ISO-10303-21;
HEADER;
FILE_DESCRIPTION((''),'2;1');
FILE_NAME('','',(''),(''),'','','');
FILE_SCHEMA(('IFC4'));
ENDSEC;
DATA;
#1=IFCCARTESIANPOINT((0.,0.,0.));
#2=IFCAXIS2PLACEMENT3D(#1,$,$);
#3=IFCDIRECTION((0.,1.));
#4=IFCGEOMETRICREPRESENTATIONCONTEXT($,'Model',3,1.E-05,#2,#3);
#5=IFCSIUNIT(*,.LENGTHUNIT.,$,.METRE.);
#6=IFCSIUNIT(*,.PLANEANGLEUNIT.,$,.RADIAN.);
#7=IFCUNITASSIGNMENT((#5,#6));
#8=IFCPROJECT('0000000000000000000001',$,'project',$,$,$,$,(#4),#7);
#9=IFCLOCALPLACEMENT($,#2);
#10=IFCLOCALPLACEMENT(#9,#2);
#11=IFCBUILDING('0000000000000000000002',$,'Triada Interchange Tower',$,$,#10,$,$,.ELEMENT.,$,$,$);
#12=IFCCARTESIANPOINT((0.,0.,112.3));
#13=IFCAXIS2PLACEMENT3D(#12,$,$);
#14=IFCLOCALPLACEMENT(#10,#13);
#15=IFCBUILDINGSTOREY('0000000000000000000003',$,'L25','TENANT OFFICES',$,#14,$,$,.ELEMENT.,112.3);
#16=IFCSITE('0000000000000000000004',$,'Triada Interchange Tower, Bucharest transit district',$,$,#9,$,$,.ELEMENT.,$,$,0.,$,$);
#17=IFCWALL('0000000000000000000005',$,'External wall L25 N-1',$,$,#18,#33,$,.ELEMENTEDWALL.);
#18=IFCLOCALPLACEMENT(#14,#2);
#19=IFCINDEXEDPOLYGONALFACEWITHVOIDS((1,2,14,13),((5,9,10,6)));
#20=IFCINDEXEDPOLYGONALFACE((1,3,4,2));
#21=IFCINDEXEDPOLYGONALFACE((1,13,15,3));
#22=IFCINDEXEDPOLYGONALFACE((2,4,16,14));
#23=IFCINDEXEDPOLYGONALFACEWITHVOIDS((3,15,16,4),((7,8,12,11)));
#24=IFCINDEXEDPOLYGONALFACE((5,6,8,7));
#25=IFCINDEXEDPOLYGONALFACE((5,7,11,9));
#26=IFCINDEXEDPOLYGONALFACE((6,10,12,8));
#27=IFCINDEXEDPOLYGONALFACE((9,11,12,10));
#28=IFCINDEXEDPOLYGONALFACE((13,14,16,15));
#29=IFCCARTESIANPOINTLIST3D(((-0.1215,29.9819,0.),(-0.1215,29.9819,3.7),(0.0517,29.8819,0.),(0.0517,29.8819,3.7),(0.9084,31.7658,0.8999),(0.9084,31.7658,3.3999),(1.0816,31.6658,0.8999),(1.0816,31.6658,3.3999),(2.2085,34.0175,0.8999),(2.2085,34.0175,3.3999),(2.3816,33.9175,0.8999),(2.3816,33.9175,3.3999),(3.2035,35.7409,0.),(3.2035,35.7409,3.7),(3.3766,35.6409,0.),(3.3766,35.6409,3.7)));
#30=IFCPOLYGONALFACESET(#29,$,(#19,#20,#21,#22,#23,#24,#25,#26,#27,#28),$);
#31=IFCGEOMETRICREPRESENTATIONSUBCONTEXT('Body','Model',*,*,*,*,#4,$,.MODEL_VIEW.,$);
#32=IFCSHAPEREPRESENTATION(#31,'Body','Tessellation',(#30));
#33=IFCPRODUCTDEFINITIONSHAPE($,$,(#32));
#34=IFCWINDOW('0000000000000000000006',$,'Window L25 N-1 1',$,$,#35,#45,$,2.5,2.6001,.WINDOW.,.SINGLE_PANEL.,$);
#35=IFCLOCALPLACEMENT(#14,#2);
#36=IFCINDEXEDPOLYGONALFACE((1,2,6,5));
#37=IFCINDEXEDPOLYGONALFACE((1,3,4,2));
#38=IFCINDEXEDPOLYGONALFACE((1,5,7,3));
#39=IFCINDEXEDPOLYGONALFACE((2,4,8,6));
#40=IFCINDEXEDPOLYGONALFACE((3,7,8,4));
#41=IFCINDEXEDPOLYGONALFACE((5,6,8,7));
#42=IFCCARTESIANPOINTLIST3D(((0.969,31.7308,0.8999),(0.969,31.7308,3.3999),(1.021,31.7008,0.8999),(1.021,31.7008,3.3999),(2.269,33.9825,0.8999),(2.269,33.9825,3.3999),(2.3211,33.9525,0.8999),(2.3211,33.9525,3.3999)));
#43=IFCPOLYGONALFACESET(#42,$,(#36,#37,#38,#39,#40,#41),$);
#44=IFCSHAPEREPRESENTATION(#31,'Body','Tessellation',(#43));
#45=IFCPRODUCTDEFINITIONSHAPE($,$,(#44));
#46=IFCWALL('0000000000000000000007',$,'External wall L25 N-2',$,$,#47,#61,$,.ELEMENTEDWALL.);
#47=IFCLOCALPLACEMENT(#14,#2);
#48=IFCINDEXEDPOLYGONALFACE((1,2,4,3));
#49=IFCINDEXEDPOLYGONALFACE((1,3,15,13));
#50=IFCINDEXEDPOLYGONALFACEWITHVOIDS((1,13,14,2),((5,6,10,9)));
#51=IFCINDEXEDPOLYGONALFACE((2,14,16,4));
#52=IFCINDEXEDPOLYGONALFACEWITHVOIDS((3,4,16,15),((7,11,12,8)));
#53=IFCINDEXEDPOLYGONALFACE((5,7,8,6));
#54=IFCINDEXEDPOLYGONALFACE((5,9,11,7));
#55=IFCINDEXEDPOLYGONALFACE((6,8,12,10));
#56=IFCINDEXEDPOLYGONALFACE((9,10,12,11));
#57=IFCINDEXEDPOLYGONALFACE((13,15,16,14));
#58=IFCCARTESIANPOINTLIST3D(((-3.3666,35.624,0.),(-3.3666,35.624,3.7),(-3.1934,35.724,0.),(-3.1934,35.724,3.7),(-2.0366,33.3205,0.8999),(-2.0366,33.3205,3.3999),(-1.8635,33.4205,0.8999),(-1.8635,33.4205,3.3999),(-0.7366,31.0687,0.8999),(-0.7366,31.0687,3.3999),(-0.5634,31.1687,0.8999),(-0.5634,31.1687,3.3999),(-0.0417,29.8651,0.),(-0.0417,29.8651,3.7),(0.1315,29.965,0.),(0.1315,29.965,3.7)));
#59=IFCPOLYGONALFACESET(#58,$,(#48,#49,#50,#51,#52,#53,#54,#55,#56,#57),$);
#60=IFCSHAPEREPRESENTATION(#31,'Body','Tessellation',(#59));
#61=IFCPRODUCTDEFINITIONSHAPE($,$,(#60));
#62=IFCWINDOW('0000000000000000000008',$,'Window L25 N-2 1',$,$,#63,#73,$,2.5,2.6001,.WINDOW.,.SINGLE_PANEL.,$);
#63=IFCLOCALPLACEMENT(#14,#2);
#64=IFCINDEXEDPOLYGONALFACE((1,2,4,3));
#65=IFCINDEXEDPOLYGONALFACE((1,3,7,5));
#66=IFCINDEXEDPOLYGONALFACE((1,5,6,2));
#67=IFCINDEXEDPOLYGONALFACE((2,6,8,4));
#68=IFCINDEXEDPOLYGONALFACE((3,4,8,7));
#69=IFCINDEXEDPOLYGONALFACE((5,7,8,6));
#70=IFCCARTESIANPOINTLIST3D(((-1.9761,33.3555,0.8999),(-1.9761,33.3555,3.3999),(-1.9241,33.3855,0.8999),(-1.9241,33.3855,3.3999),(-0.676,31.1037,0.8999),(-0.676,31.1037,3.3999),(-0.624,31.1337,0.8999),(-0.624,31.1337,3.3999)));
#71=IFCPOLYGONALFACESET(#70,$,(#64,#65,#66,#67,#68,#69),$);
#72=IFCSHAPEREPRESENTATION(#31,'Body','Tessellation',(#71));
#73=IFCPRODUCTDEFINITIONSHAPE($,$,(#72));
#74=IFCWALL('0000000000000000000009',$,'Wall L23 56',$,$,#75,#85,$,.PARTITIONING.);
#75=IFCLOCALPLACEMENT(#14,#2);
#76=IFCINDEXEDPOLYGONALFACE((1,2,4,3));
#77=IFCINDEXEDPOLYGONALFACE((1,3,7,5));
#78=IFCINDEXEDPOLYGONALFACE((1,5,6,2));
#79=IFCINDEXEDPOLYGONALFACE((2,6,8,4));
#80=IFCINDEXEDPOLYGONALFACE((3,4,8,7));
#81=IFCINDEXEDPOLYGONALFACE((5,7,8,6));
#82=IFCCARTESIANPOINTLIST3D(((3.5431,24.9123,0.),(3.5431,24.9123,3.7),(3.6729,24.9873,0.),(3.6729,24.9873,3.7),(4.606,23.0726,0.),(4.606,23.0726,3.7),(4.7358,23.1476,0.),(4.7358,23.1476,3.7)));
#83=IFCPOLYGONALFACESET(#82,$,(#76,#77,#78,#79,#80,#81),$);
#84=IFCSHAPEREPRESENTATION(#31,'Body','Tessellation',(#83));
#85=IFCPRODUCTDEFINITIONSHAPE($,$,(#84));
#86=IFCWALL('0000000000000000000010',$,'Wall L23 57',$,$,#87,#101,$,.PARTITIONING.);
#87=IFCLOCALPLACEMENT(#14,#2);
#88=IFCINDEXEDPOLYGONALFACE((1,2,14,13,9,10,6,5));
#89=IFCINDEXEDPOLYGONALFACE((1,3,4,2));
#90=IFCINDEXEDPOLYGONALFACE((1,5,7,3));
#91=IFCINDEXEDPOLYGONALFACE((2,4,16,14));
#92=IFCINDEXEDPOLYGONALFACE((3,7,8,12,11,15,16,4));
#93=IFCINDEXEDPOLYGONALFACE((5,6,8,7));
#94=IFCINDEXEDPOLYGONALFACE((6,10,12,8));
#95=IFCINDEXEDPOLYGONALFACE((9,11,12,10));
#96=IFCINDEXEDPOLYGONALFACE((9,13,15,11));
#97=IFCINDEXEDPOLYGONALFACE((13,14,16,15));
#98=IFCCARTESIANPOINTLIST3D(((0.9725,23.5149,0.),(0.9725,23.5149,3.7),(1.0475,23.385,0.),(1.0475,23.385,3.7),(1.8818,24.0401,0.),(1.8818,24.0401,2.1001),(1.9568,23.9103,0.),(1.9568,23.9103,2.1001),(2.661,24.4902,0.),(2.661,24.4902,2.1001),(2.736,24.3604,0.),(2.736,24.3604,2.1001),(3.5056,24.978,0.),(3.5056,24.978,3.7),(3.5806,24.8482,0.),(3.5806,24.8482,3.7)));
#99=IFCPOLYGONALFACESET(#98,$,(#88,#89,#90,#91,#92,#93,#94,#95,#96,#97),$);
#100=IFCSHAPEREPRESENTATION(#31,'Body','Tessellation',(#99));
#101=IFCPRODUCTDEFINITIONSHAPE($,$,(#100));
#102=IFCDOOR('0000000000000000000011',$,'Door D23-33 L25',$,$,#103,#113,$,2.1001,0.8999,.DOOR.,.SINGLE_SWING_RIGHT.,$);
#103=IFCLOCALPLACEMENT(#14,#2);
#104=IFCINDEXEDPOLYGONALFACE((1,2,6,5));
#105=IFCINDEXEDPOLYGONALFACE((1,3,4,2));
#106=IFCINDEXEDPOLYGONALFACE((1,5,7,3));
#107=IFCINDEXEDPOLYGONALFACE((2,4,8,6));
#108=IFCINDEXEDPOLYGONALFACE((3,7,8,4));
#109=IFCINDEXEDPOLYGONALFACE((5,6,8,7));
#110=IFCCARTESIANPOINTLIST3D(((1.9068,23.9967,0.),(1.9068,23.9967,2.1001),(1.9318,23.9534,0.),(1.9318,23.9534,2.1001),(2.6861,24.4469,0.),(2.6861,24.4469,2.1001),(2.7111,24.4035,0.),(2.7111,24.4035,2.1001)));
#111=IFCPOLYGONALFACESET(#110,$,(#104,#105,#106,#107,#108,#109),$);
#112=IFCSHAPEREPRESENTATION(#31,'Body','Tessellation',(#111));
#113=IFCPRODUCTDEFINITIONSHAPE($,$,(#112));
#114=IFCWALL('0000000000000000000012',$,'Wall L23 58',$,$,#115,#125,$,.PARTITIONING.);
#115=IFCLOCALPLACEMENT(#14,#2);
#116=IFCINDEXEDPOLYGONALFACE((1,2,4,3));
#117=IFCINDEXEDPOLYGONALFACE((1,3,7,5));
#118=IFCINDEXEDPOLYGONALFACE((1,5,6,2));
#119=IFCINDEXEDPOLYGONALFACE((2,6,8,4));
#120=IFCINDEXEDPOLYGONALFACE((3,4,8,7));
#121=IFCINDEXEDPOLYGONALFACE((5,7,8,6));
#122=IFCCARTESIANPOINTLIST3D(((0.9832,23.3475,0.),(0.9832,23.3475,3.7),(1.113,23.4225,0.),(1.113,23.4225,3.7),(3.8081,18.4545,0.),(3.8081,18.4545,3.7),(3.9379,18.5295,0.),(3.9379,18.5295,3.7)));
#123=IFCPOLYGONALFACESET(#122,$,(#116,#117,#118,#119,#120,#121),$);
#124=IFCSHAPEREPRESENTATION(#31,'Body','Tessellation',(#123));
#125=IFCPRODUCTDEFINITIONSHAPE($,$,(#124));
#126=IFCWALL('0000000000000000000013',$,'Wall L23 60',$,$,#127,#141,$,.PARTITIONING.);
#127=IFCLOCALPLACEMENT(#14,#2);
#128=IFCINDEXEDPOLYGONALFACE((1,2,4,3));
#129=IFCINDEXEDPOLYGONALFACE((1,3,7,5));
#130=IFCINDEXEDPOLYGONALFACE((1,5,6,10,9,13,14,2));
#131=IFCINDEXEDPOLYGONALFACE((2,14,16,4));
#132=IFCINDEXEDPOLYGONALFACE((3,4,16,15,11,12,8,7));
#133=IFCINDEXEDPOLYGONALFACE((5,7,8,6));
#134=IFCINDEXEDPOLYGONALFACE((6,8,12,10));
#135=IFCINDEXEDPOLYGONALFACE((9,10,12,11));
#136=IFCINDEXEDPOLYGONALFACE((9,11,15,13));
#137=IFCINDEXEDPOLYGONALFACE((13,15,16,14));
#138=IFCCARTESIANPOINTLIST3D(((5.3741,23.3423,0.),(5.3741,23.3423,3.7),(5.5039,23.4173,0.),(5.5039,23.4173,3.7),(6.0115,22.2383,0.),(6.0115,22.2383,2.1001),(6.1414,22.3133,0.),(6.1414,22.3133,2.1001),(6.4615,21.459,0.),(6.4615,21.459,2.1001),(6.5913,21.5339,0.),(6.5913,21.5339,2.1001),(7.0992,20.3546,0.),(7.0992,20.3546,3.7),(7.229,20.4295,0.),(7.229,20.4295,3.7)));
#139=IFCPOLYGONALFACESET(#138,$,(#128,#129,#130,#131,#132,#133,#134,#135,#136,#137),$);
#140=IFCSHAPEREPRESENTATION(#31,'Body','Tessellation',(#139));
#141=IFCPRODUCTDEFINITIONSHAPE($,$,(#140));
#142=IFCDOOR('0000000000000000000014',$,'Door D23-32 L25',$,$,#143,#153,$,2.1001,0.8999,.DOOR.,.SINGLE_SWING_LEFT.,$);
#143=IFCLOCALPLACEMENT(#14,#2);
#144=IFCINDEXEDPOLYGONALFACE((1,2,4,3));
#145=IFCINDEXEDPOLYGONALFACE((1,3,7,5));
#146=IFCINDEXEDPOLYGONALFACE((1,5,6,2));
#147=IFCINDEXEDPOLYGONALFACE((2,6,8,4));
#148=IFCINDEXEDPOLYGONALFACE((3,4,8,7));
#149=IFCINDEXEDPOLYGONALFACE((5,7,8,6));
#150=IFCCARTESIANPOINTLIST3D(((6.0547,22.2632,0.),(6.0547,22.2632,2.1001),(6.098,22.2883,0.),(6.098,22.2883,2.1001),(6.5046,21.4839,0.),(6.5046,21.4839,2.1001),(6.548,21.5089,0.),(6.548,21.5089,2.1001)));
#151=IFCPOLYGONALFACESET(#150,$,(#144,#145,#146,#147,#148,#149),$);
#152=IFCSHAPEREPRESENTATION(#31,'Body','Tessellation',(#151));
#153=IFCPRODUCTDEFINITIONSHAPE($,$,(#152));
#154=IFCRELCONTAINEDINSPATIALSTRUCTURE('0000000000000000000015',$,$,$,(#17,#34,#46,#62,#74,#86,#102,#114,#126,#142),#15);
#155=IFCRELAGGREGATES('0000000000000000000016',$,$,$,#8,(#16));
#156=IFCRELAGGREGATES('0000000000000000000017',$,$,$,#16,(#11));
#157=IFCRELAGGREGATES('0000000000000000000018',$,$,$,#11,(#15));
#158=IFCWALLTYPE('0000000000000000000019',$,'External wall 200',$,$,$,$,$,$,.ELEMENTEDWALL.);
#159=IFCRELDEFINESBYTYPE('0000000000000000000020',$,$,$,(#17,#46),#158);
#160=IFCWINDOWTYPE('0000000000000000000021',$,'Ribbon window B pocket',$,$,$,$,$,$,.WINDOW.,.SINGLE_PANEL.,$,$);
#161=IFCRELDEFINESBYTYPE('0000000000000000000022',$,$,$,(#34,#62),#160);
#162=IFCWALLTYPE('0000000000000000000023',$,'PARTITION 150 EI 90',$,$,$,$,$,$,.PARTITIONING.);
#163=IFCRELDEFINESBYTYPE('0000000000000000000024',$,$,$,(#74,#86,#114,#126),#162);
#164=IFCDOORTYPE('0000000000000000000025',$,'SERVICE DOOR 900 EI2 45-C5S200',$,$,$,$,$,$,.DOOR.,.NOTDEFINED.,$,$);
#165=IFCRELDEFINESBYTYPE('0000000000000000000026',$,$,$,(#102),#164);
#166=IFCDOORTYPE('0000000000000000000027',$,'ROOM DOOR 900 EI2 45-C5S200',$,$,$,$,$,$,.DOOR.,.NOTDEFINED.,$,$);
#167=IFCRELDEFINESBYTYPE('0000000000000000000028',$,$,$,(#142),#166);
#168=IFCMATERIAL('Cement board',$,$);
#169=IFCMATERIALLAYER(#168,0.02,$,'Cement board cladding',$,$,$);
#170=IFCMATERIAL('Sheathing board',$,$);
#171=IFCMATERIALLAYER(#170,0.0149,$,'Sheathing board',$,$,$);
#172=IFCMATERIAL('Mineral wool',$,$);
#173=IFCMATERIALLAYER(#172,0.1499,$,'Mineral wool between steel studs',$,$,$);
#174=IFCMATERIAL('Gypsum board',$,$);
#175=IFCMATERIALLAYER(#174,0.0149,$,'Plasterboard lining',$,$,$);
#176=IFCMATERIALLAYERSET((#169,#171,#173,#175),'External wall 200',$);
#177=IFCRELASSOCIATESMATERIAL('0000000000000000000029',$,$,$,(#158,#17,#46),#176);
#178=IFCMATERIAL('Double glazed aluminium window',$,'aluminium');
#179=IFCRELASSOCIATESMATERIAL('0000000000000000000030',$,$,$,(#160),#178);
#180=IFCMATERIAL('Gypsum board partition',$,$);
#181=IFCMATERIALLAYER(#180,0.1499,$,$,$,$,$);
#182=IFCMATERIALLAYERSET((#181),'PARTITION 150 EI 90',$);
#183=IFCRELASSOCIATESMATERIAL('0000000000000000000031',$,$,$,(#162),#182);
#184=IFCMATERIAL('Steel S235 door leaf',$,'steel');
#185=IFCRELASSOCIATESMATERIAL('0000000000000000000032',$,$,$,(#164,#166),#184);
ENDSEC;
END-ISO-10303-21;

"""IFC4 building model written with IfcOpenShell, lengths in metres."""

from ifc_helpers import new_model, si_unit, direction, frame, frame_2d, origin, place, context, subcontext, project, spatial, rectangle, extrude, material, layer, layer_set, layer_usage, type_object, element, fill, save


model = new_model("IFC4")

# Units and contexts
model_context = context("Model", 3, precision=1e-05, world=origin(), true_north=direction((0.0, 1.0)))
body_context = subcontext(model_context, "Body", "Model", "MODEL_VIEW")
ifc_project = project(units=[si_unit("LENGTHUNIT", "METRE"), si_unit("PLANEANGLEUNIT", "RADIAN")], contexts=[model_context])

# Site, building, storey
site_placement = place(None, origin())
site = spatial("IfcSite", under=ifc_project, at=site_placement, Name="Triada Interchange Tower, Bucharest transit district", CompositionType="ELEMENT", RefElevation=0.0)
building_placement = place(site_placement, origin())
building = spatial("IfcBuilding", under=site, at=building_placement, Name="Triada Interchange Tower", CompositionType="ELEMENT")
storey_placement = place(building_placement, frame((0.0, 0.0, 112.3)))
storey = spatial("IfcBuildingStorey", under=building, at=storey_placement, Name="L25", Description="TENANT OFFICES", CompositionType="ELEMENT", Elevation=112.3)

# Walls, openings, windows
ifc_material_1 = material(Name="Cement board")
ifc_layer_1 = layer(ifc_material_1, 0.02, Name="Cement board cladding")
ifc_material_2 = material(Name="Sheathing board")
ifc_layer_2 = layer(ifc_material_2, 0.0149, Name="Sheathing board")
ifc_material_3 = material(Name="Mineral wool")
ifc_layer_3 = layer(ifc_material_3, 0.1499, Name="Mineral wool between steel studs")
ifc_material_4 = material(Name="Gypsum board")
ifc_layer_4 = layer(ifc_material_4, 0.0149, Name="Plasterboard lining")
ifc_layer_set_1 = layer_set([ifc_layer_1, ifc_layer_2, ifc_layer_3, ifc_layer_4], Name="External wall 200")
ifc_layer_usage = layer_usage(ifc_layer_set_1, "AXIS2", "POSITIVE", -0.1001)
wall_type_1 = type_object("IfcWallType", Name="External wall 200", PredefinedType="ELEMENTEDWALL", material=ifc_layer_set_1)
wall_1_placement = place(storey_placement, frame((3.29, 35.6909, 0.0), z_axis=(0.0, 0.0, 1.0), x_axis=(-0.499997, -0.866027, 0.0)))
wall_1 = element("IfcWall", 1, at=wall_1_placement, inside=storey, type_object=wall_type_1, material=ifc_layer_usage, Name="External wall L25 N-1", PredefinedType="ELEMENTEDWALL", context=body_context, shape_type="SweptSolid", body=[
    extrude(rectangle(XDim=6.6499, YDim=0.2, at=frame_2d((3.325, 0.0))), origin(), (0.0, 0.0, 1.0), 3.7),
])
opening_1_placement = place(wall_1_placement, frame((1.99, 0.0, 0.8999)))
opening_1 = element("IfcOpeningElement", 2, at=opening_1_placement, cuts=wall_1, PredefinedType="OPENING", context=body_context, shape_type="SweptSolid", body=[
    extrude(rectangle(XDim=2.6001, YDim=2.5, at=frame_2d((1.3, 1.25))), frame((0.0, 0.1099, 0.0), z_axis=(0.0, -1.0, 0.0), x_axis=(1.0, 0.0, 0.0)), (0.0, 0.0, 1.0), 0.22),
])
ifc_material_5 = material(Name="Double glazed aluminium window", Category="aluminium")
window_type = type_object("IfcWindowType", Name="Ribbon window B pocket", PartitioningType="SINGLE_PANEL", PredefinedType="WINDOW", material=ifc_material_5)
window_1_placement = place(opening_1_placement, origin())
window_1 = element("IfcWindow", 3, at=window_1_placement, inside=storey, type_object=window_type, Name="Window L25 N-1 1", OverallHeight=2.5, OverallWidth=2.6001, PartitioningType="SINGLE_PANEL", PredefinedType="WINDOW", context=body_context, shape_type="SweptSolid", body=[
    extrude(rectangle(XDim=2.6001, YDim=2.5, at=frame_2d((1.3, 1.25))), frame((0.0, 0.03, 0.0), z_axis=(0.0, -1.0, 0.0), x_axis=(1.0, 0.0, 0.0)), (0.0, 0.0, 1.0), 0.0601),
])
fill(opening_1, window_1)
wall_2_placement = place(storey_placement, frame((0.0449, 29.915, 0.0), z_axis=(0.0, 0.0, 1.0), x_axis=(-0.499997, 0.866027, 0.0)))
wall_2 = element("IfcWall", 4, at=wall_2_placement, inside=storey, type_object=wall_type_1, material=ifc_layer_usage, Name="External wall L25 N-2", PredefinedType="ELEMENTEDWALL", context=body_context, shape_type="SweptSolid", body=[
    extrude(rectangle(XDim=6.6499, YDim=0.2, at=frame_2d((3.325, 0.0))), origin(), (0.0, 0.0, 1.0), 3.7),
])
opening_2_placement = place(wall_2_placement, frame((1.3899, 0.0, 0.8999)))
opening_2 = element("IfcOpeningElement", 5, at=opening_2_placement, cuts=wall_2, PredefinedType="OPENING", context=body_context, shape_type="SweptSolid", body=[
    extrude(rectangle(XDim=2.6001, YDim=2.5, at=frame_2d((1.3, 1.25))), frame((0.0, 0.1099, 0.0), z_axis=(0.0, -1.0, 0.0), x_axis=(1.0, 0.0, 0.0)), (0.0, 0.0, 1.0), 0.22),
])
window_2_placement = place(opening_2_placement, origin())
window_2 = element("IfcWindow", 6, at=window_2_placement, inside=storey, type_object=window_type, Name="Window L25 N-2 1", OverallHeight=2.5, OverallWidth=2.6001, PartitioningType="SINGLE_PANEL", PredefinedType="WINDOW", context=body_context, shape_type="SweptSolid", body=[
    extrude(rectangle(XDim=2.6001, YDim=2.5, at=frame_2d((1.3, 1.25))), frame((0.0, 0.03, 0.0), z_axis=(0.0, -1.0, 0.0), x_axis=(1.0, 0.0, 0.0)), (0.0, 0.0, 1.0), 0.0601),
])
fill(opening_2, window_2)

# Wall
ifc_material_6 = material(Name="Gypsum board partition")
ifc_layer_5 = layer(ifc_material_6, 0.1499)
ifc_layer_set_2 = layer_set([ifc_layer_5], Name="PARTITION 150 EI 90")
wall_type_2 = type_object("IfcWallType", Name="PARTITION 150 EI 90", PredefinedType="PARTITIONING", material=ifc_layer_set_2)
wall_3_placement = place(storey_placement, frame((3.6079, 24.95, 0.0), z_axis=(0.0, 0.0, 1.0), x_axis=(0.500266, -0.865872, 0.0)))
element("IfcWall", 7, at=wall_3_placement, inside=storey, type_object=wall_type_2, Name="Wall L23 56", PredefinedType="PARTITIONING", context=body_context, shape_type="SweptSolid", body=[
    extrude(rectangle(XDim=2.1248, YDim=0.1499, at=frame_2d((1.0625, 0.0))), origin(), (0.0, 0.0, 1.0), 3.7),
])

# Wall, opening, door
wall_4_placement = place(storey_placement, frame((1.01, 23.45, 0.0), z_axis=(0.0, 0.0, 1.0), x_axis=(0.865917, 0.500187, 0.0)))
wall_4 = element("IfcWall", 8, at=wall_4_placement, inside=storey, type_object=wall_type_2, Name="Wall L23 57", PredefinedType="PARTITIONING", context=body_context, shape_type="SweptSolid", body=[
    extrude(rectangle(XDim=2.9253, YDim=0.1499, at=frame_2d((1.4626, 0.0))), origin(), (0.0, 0.0, 1.0), 3.7),
])
opening_3_placement = place(wall_4_placement, frame((1.05, 0.0, 0.0)))
opening_3 = element("IfcOpeningElement", 9, at=opening_3_placement, cuts=wall_4, PredefinedType="OPENING", context=body_context, shape_type="SweptSolid", body=[
    extrude(rectangle(XDim=0.8999, YDim=2.1001, at=frame_2d((0.45, 1.05))), frame((0.0, 0.085, 0.0), z_axis=(0.0, -1.0, 0.0), x_axis=(1.0, 0.0, 0.0)), (0.0, 0.0, 1.0), 0.1699),
])
ifc_material_7 = material(Name="Steel S235 door leaf", Category="steel")
door_type_1 = type_object("IfcDoorType", Name="SERVICE DOOR 900 EI2 45-C5S200", OperationType="NOTDEFINED", PredefinedType="DOOR", material=ifc_material_7)
door_1_placement = place(opening_3_placement, origin())
door_1 = element("IfcDoor", 10, at=door_1_placement, inside=storey, type_object=door_type_1, Name="Door D23-33 L25", OperationType="SINGLE_SWING_RIGHT", OverallHeight=2.1001, OverallWidth=0.8999, PredefinedType="DOOR", context=body_context, shape_type="SweptSolid", body=[
    extrude(rectangle(XDim=0.8999, YDim=2.1001, at=frame_2d((0.45, 1.05))), frame((0.0, 0.0249, 0.0), z_axis=(0.0, -1.0, 0.0), x_axis=(1.0, 0.0, 0.0)), (0.0, 0.0, 1.0), 0.05),
])
fill(opening_3, door_1)

# Wall
wall_5_placement = place(storey_placement, frame((1.0481, 23.385, 0.0), z_axis=(0.0, 0.0, 1.0), x_axis=(0.499992, -0.86603, 0.0)))
element("IfcWall", 11, at=wall_5_placement, inside=storey, type_object=wall_type_2, Name="Wall L23 58", PredefinedType="PARTITIONING", context=body_context, shape_type="SweptSolid", body=[
    extrude(rectangle(XDim=5.6499, YDim=0.1499, at=frame_2d((2.825, 0.0))), origin(), (0.0, 0.0, 1.0), 3.7),
])

# Wall, opening, door
wall_6_placement = place(storey_placement, frame((5.439, 23.3799, 0.0), z_axis=(0.0, 0.0, 1.0), x_axis=(0.500021, -0.866014, 0.0)))
wall_6 = element("IfcWall", 12, at=wall_6_placement, inside=storey, type_object=wall_type_2, Name="Wall L23 60", PredefinedType="PARTITIONING", context=body_context, shape_type="SweptSolid", body=[
    extrude(rectangle(XDim=3.45, YDim=0.1499, at=frame_2d((1.7251, 0.0))), origin(), (0.0, 0.0, 1.0), 3.7),
])
opening_4_placement = place(wall_6_placement, frame((1.2749, 0.0, 0.0)))
opening_4 = element("IfcOpeningElement", 13, at=opening_4_placement, cuts=wall_6, PredefinedType="OPENING", context=body_context, shape_type="SweptSolid", body=[
    extrude(rectangle(XDim=0.8999, YDim=2.1001, at=frame_2d((0.45, 1.05))), frame((0.0, 0.085, 0.0), z_axis=(0.0, -1.0, 0.0), x_axis=(1.0, 0.0, 0.0)), (0.0, 0.0, 1.0), 0.1699),
])
door_type_2 = type_object("IfcDoorType", Name="ROOM DOOR 900 EI2 45-C5S200", OperationType="NOTDEFINED", PredefinedType="DOOR", material=ifc_material_7)
door_2_placement = place(opening_4_placement, origin())
door_2 = element("IfcDoor", 14, at=door_2_placement, inside=storey, type_object=door_type_2, Name="Door D23-32 L25", OperationType="SINGLE_SWING_LEFT", OverallHeight=2.1001, OverallWidth=0.8999, PredefinedType="DOOR", context=body_context, shape_type="SweptSolid", body=[
    extrude(rectangle(XDim=0.8999, YDim=2.1001, at=frame_2d((0.45, 1.05))), frame((0.0, 0.0249, 0.0), z_axis=(0.0, -1.0, 0.0), x_axis=(1.0, 0.0, 0.0)), (0.0, 0.0, 1.0), 0.05),
])
fill(opening_4, door_2)

save(model, "model.ifc")
